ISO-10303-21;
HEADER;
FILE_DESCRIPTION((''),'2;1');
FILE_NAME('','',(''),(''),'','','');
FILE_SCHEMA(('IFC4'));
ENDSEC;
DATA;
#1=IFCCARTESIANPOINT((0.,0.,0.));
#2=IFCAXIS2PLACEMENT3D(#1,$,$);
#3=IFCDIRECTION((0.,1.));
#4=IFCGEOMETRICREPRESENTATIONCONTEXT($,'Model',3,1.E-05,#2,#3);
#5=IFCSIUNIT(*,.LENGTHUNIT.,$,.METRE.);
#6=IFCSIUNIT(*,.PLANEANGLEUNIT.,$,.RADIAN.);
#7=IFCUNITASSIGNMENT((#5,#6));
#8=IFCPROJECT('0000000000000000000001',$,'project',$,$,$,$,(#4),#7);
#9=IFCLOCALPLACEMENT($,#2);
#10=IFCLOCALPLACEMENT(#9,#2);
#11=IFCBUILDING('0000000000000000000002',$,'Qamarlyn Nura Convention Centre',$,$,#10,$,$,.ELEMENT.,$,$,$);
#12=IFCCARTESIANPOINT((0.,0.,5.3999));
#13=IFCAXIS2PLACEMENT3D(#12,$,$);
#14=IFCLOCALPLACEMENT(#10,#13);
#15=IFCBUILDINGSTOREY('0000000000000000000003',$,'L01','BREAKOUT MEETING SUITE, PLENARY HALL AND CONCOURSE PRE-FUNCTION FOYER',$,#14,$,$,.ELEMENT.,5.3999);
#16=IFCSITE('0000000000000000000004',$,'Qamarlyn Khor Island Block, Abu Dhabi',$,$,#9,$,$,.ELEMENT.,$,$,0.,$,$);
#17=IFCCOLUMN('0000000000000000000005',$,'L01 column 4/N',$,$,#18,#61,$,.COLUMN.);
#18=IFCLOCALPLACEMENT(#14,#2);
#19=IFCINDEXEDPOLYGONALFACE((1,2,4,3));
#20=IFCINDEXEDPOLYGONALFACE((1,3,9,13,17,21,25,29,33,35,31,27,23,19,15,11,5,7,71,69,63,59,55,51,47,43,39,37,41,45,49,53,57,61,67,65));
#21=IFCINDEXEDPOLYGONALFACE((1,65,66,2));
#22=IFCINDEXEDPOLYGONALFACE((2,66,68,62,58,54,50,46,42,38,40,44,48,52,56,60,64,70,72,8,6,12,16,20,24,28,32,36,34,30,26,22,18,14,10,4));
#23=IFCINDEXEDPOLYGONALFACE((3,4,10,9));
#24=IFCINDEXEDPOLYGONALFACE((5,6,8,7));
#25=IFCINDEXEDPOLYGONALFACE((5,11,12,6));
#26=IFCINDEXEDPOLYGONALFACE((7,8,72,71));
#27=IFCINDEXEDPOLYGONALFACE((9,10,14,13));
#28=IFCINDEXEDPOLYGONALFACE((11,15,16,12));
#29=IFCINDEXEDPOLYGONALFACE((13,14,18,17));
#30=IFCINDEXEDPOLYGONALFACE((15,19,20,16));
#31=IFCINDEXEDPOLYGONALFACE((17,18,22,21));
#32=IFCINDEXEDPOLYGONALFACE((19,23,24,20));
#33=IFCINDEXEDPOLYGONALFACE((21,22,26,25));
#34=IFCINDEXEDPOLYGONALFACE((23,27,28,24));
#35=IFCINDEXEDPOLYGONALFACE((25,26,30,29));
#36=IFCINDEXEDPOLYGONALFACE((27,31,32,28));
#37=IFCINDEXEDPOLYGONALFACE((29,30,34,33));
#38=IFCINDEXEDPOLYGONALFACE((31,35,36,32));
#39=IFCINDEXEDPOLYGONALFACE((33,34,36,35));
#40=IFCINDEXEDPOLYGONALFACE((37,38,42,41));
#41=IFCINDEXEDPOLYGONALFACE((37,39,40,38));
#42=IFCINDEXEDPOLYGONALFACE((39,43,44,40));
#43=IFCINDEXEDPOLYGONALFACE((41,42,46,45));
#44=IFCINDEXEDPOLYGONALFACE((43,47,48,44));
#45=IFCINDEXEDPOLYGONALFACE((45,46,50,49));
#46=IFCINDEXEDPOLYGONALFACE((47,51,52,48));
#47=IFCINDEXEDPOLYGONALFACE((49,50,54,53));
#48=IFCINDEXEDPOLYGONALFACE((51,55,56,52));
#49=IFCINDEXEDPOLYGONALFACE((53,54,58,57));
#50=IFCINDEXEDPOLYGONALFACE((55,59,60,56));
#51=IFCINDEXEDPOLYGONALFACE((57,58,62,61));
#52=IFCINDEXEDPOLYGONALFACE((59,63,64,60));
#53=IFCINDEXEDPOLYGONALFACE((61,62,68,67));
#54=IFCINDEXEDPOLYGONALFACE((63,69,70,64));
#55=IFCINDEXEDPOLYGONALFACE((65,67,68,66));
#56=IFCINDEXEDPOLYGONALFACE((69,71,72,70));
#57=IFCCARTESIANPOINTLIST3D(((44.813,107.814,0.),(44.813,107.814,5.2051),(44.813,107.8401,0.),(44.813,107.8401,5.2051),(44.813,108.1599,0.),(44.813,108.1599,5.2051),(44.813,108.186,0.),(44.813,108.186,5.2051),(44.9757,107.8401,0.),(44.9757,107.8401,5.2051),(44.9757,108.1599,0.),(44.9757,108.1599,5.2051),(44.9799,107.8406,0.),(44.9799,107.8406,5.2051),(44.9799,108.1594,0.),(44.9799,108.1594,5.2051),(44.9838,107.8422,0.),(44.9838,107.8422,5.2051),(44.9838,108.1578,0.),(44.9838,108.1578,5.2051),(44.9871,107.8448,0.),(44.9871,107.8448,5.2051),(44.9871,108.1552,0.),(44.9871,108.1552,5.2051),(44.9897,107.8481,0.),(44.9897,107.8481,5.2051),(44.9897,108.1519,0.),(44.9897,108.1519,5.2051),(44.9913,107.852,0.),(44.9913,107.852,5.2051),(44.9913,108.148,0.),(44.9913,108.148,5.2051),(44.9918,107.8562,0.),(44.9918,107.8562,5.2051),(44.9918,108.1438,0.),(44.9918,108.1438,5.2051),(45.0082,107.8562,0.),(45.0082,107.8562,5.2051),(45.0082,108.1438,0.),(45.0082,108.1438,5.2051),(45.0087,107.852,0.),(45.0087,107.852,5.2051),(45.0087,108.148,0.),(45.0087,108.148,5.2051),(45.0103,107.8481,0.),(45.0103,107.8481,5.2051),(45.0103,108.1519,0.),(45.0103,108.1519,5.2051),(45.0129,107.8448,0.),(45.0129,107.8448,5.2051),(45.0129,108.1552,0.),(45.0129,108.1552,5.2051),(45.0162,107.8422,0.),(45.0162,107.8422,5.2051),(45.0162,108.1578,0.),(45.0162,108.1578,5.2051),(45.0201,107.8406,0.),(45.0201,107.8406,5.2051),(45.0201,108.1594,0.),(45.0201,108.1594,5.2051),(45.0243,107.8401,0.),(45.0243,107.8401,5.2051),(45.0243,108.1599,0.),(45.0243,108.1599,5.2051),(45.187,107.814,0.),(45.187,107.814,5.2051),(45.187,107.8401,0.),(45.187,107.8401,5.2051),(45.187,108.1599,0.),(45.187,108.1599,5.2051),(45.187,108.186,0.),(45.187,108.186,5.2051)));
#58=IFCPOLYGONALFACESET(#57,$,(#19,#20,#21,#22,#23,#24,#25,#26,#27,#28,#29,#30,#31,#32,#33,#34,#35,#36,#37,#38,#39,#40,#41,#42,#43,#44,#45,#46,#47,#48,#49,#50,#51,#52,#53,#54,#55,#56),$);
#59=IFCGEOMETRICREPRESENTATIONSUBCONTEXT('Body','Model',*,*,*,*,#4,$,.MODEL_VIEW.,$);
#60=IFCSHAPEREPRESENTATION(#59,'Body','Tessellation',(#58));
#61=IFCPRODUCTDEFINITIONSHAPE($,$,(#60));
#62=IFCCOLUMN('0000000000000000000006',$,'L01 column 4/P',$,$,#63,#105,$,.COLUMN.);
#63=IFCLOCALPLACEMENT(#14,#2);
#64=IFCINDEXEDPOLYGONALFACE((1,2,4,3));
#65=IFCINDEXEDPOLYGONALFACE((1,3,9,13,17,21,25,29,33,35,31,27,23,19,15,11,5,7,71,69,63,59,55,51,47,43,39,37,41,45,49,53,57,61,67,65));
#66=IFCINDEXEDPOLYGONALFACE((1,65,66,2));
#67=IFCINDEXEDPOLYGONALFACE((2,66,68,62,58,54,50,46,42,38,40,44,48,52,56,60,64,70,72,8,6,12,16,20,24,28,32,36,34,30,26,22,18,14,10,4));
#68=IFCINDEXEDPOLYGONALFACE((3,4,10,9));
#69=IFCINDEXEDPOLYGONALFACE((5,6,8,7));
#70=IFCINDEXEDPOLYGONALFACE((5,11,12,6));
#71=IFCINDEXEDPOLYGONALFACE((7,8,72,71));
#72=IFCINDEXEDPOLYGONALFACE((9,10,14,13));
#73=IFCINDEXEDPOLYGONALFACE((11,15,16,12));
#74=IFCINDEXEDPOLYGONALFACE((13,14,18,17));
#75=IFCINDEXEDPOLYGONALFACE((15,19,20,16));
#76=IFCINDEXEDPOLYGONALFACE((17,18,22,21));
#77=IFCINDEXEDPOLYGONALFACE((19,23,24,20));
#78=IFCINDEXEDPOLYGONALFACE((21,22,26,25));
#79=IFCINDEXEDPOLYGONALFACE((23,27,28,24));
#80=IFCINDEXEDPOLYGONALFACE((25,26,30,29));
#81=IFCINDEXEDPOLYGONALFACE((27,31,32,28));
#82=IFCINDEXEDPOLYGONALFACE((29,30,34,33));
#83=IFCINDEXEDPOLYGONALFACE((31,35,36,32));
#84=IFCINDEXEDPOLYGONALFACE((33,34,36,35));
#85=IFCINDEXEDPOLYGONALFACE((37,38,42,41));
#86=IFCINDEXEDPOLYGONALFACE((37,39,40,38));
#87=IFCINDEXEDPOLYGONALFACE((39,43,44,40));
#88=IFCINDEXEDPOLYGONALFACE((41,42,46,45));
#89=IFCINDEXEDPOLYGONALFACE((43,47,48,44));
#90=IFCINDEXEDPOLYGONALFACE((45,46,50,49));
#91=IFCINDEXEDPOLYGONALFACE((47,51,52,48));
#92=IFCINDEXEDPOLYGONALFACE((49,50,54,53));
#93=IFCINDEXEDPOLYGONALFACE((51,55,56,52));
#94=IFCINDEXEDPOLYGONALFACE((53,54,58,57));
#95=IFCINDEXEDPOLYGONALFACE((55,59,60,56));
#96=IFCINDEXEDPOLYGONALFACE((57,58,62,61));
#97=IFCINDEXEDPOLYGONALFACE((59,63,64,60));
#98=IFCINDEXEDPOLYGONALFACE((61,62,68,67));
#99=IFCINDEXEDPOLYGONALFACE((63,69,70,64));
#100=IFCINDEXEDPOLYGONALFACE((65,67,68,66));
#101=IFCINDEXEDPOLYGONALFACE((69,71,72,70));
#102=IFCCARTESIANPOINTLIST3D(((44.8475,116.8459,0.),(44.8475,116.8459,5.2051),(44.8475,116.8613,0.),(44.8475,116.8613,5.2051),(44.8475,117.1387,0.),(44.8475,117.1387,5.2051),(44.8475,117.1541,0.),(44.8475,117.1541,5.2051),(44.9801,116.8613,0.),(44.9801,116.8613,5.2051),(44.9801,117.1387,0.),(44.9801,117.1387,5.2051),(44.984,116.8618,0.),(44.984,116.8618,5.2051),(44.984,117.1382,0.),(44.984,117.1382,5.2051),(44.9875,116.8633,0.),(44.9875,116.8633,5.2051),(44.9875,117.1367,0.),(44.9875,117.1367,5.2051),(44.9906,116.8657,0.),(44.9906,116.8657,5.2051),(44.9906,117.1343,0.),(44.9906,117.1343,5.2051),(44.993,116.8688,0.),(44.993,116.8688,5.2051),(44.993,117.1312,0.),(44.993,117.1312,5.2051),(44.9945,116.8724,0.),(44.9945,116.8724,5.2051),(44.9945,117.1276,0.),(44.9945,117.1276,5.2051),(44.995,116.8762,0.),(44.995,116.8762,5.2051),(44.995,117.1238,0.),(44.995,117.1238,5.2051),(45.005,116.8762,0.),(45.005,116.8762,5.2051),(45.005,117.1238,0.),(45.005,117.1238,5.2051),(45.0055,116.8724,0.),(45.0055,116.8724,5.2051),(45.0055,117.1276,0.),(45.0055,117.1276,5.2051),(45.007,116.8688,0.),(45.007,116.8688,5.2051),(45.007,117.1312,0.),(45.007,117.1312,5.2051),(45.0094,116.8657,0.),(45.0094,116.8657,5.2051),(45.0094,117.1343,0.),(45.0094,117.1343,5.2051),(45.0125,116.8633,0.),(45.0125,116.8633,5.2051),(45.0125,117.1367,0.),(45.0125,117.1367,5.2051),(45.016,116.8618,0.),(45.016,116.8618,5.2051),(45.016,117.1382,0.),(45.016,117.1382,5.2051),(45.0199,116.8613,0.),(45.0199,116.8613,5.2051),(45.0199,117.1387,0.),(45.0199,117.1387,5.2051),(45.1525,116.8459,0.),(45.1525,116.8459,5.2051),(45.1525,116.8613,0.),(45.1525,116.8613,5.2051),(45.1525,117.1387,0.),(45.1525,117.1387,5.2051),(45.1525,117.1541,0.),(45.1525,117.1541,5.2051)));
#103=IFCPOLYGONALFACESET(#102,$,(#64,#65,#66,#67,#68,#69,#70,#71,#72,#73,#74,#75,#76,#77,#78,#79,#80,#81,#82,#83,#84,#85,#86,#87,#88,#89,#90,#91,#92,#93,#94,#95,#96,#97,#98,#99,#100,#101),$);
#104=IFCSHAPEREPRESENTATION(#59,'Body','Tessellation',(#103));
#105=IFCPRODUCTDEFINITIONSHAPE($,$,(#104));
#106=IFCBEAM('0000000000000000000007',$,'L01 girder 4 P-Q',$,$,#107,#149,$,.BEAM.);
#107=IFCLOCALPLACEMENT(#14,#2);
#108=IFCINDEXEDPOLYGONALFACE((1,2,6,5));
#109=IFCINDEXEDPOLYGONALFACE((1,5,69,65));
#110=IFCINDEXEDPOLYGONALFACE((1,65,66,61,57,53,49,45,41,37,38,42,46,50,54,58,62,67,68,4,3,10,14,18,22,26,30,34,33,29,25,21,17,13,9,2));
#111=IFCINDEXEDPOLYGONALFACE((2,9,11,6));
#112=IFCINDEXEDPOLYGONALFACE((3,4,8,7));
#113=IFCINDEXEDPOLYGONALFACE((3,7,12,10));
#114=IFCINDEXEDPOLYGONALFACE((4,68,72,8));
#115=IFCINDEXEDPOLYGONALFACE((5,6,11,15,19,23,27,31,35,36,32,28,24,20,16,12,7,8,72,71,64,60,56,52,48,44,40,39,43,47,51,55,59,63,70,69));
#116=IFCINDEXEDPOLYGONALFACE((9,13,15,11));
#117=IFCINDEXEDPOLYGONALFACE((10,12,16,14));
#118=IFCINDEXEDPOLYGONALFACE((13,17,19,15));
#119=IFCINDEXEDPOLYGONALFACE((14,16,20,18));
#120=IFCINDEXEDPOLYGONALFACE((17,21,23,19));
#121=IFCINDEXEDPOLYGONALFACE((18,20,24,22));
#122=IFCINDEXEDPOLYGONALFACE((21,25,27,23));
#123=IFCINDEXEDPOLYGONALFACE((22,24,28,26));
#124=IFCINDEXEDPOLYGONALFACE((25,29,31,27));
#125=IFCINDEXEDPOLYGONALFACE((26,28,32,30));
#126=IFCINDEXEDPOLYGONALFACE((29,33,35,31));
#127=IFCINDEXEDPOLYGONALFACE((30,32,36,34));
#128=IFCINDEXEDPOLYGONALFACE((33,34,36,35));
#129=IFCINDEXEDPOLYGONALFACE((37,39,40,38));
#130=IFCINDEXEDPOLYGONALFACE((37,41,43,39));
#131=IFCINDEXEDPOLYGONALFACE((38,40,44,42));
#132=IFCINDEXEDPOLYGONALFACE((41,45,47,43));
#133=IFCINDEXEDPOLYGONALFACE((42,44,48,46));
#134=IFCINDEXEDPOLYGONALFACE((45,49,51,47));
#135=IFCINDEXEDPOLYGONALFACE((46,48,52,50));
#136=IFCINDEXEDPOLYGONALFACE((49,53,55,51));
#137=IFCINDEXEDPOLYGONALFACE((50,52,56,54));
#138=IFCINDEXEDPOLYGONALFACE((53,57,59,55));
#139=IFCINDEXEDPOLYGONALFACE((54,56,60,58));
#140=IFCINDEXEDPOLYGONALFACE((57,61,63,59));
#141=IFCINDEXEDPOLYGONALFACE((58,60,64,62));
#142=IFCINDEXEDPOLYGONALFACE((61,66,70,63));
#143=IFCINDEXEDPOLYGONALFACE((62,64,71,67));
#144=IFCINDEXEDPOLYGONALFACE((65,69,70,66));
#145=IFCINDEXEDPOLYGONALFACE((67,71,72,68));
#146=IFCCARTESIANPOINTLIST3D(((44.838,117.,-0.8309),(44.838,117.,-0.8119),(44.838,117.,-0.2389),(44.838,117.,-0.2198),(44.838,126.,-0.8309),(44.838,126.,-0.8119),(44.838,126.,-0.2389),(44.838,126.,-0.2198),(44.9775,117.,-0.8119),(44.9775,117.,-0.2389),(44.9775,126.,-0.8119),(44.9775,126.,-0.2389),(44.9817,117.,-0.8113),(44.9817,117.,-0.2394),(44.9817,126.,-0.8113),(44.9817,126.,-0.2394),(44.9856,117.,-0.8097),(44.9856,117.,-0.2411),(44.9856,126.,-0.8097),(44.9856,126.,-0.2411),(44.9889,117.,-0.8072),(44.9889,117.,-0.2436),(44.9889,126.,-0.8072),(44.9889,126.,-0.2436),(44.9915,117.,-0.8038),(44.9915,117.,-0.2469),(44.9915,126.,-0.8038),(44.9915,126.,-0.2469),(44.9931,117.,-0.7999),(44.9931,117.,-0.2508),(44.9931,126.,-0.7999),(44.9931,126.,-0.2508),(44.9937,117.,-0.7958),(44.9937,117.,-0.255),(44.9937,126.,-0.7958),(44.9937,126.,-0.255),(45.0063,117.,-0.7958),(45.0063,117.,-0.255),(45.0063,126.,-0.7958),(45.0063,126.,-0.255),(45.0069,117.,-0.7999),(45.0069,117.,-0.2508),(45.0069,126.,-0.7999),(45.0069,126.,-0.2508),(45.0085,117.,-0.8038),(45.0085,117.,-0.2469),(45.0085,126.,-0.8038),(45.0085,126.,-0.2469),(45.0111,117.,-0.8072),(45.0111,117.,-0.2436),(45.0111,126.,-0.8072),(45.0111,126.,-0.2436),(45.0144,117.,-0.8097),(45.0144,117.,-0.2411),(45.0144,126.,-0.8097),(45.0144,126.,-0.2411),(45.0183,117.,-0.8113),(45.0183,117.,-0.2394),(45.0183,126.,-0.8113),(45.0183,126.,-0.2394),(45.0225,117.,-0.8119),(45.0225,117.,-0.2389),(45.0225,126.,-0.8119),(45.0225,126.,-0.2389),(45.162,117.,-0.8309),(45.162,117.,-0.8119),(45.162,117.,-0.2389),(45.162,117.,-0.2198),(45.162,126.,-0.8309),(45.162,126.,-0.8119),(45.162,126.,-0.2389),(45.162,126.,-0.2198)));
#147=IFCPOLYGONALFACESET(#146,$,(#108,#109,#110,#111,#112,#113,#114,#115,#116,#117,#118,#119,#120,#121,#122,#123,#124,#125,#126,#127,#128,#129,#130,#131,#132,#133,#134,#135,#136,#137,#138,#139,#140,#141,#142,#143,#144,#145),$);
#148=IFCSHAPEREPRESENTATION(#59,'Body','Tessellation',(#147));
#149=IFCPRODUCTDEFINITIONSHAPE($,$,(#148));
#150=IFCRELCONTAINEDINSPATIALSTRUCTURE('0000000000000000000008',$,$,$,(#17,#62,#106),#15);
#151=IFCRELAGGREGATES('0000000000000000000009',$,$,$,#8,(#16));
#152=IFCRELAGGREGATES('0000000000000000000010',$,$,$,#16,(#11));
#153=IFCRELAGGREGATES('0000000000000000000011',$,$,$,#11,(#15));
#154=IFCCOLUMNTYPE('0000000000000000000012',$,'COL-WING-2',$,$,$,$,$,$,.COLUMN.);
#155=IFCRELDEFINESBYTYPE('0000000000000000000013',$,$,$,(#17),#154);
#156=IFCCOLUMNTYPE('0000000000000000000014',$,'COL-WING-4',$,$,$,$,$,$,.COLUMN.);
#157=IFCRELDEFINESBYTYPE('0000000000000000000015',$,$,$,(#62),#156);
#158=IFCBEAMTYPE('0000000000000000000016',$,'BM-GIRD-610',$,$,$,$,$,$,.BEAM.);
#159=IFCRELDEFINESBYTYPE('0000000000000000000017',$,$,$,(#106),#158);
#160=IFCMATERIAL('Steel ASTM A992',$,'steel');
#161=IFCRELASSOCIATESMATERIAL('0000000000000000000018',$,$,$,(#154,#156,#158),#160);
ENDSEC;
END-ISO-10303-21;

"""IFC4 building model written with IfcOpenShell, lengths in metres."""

from ifc_helpers import new_model, si_unit, direction, frame, origin, origin_2d, place, context, subcontext, project, spatial, i_section, extrude, material, material_profile, profile_set, type_object, element, save


model = new_model("IFC4")

# Units and contexts
model_context = context("Model", 3, precision=1e-05, world=origin(), true_north=direction((0.0, 1.0)))
body_context = subcontext(model_context, "Body", "Model", "MODEL_VIEW")
ifc_project = project(units=[si_unit("LENGTHUNIT", "METRE"), si_unit("PLANEANGLEUNIT", "RADIAN")], contexts=[model_context])

# Site, building, storey
site_placement = place(None, origin())
site = spatial("IfcSite", under=ifc_project, at=site_placement, Name="Qamarlyn Khor Island Block, Abu Dhabi", CompositionType="ELEMENT", RefElevation=0.0)
building_placement = place(site_placement, origin())
building = spatial("IfcBuilding", under=site, at=building_placement, Name="Qamarlyn Nura Convention Centre", CompositionType="ELEMENT")
storey_placement = place(building_placement, frame((0.0, 0.0, 5.3999)))
storey = spatial("IfcBuildingStorey", under=building, at=storey_placement, Name="L01", Description="BREAKOUT MEETING SUITE, PLENARY HALL AND CONCOURSE PRE-FUNCTION FOYER", CompositionType="ELEMENT", Elevation=5.3999)

# Columns
ifc_material_1 = material(Name="Steel ASTM A992", Category="steel")
ifc_material_profile_1 = material_profile(ifc_material_1, i_section(OverallWidth=0.374, OverallDepth=0.3721, WebThickness=0.0164, FlangeThickness=0.0261, FilletRadius=0.0161, at=origin_2d()), Name="W360X196")
ifc_profile_set_1 = profile_set([ifc_material_profile_1], Name="Steel ASTM A992")
column_type_1 = type_object("IfcColumnType", Name="COL-WING-2", PredefinedType="COLUMN", material=ifc_profile_set_1)
column_1_placement = place(storey_placement, frame((45.0, 108.0, 0.0), z_axis=(0.0, 0.0, 1.0), x_axis=(1.0, 0.0, 0.0)))
element("IfcColumn", 1, at=column_1_placement, inside=storey, type_object=column_type_1, Name="L01 column 4/N", PredefinedType="COLUMN", context=body_context, shape_type="SweptSolid", body=[
    extrude(i_section(OverallWidth=0.374, OverallDepth=0.3721, WebThickness=0.0164, FlangeThickness=0.0261, FilletRadius=0.0161, at=origin_2d()), origin(), (0.0, 0.0, 1.0), 5.2051),
])
ifc_material_profile_2 = material_profile(ifc_material_1, i_section(OverallWidth=0.3049, OverallDepth=0.3081, WebThickness=0.01, FlangeThickness=0.0154, FilletRadius=0.0149, at=origin_2d()), Name="W310X97")
ifc_profile_set_2 = profile_set([ifc_material_profile_2], Name="Steel ASTM A992")
column_type_2 = type_object("IfcColumnType", Name="COL-WING-4", PredefinedType="COLUMN", material=ifc_profile_set_2)
column_2_placement = place(storey_placement, frame((45.0, 117.0, 0.0), z_axis=(0.0, 0.0, 1.0), x_axis=(1.0, 0.0, 0.0)))
element("IfcColumn", 2, at=column_2_placement, inside=storey, type_object=column_type_2, Name="L01 column 4/P", PredefinedType="COLUMN", context=body_context, shape_type="SweptSolid", body=[
    extrude(i_section(OverallWidth=0.3049, OverallDepth=0.3081, WebThickness=0.01, FlangeThickness=0.0154, FilletRadius=0.0149, at=origin_2d()), origin(), (0.0, 0.0, 1.0), 5.2051),
])

# Beam
ifc_material_profile_3 = material_profile(ifc_material_1, i_section(OverallWidth=0.324, OverallDepth=0.6111, WebThickness=0.0127, FlangeThickness=0.019, FilletRadius=0.0161, at=origin_2d()), Name="W610X155")
ifc_profile_set_3 = profile_set([ifc_material_profile_3], Name="Steel ASTM A992")
beam_type_1 = type_object("IfcBeamType", Name="BM-GIRD-610", PredefinedType="BEAM", material=ifc_profile_set_3)
beam_1_placement = place(storey_placement, frame((45.0, 117.0, -0.5254), z_axis=(0.0, 1.0, 0.0), x_axis=(-1.0, 0.0, 0.0)))
element("IfcBeam", 3, at=beam_1_placement, inside=storey, type_object=beam_type_1, Name="L01 girder 4 P-Q", PredefinedType="BEAM", context=body_context, shape_type="SweptSolid", body=[
    extrude(i_section(OverallWidth=0.324, OverallDepth=0.6111, WebThickness=0.0127, FlangeThickness=0.019, FilletRadius=0.0161, at=origin_2d()), origin(), (0.0, 0.0, 1.0), 9.0),
])

save(model, "model.ifc")
